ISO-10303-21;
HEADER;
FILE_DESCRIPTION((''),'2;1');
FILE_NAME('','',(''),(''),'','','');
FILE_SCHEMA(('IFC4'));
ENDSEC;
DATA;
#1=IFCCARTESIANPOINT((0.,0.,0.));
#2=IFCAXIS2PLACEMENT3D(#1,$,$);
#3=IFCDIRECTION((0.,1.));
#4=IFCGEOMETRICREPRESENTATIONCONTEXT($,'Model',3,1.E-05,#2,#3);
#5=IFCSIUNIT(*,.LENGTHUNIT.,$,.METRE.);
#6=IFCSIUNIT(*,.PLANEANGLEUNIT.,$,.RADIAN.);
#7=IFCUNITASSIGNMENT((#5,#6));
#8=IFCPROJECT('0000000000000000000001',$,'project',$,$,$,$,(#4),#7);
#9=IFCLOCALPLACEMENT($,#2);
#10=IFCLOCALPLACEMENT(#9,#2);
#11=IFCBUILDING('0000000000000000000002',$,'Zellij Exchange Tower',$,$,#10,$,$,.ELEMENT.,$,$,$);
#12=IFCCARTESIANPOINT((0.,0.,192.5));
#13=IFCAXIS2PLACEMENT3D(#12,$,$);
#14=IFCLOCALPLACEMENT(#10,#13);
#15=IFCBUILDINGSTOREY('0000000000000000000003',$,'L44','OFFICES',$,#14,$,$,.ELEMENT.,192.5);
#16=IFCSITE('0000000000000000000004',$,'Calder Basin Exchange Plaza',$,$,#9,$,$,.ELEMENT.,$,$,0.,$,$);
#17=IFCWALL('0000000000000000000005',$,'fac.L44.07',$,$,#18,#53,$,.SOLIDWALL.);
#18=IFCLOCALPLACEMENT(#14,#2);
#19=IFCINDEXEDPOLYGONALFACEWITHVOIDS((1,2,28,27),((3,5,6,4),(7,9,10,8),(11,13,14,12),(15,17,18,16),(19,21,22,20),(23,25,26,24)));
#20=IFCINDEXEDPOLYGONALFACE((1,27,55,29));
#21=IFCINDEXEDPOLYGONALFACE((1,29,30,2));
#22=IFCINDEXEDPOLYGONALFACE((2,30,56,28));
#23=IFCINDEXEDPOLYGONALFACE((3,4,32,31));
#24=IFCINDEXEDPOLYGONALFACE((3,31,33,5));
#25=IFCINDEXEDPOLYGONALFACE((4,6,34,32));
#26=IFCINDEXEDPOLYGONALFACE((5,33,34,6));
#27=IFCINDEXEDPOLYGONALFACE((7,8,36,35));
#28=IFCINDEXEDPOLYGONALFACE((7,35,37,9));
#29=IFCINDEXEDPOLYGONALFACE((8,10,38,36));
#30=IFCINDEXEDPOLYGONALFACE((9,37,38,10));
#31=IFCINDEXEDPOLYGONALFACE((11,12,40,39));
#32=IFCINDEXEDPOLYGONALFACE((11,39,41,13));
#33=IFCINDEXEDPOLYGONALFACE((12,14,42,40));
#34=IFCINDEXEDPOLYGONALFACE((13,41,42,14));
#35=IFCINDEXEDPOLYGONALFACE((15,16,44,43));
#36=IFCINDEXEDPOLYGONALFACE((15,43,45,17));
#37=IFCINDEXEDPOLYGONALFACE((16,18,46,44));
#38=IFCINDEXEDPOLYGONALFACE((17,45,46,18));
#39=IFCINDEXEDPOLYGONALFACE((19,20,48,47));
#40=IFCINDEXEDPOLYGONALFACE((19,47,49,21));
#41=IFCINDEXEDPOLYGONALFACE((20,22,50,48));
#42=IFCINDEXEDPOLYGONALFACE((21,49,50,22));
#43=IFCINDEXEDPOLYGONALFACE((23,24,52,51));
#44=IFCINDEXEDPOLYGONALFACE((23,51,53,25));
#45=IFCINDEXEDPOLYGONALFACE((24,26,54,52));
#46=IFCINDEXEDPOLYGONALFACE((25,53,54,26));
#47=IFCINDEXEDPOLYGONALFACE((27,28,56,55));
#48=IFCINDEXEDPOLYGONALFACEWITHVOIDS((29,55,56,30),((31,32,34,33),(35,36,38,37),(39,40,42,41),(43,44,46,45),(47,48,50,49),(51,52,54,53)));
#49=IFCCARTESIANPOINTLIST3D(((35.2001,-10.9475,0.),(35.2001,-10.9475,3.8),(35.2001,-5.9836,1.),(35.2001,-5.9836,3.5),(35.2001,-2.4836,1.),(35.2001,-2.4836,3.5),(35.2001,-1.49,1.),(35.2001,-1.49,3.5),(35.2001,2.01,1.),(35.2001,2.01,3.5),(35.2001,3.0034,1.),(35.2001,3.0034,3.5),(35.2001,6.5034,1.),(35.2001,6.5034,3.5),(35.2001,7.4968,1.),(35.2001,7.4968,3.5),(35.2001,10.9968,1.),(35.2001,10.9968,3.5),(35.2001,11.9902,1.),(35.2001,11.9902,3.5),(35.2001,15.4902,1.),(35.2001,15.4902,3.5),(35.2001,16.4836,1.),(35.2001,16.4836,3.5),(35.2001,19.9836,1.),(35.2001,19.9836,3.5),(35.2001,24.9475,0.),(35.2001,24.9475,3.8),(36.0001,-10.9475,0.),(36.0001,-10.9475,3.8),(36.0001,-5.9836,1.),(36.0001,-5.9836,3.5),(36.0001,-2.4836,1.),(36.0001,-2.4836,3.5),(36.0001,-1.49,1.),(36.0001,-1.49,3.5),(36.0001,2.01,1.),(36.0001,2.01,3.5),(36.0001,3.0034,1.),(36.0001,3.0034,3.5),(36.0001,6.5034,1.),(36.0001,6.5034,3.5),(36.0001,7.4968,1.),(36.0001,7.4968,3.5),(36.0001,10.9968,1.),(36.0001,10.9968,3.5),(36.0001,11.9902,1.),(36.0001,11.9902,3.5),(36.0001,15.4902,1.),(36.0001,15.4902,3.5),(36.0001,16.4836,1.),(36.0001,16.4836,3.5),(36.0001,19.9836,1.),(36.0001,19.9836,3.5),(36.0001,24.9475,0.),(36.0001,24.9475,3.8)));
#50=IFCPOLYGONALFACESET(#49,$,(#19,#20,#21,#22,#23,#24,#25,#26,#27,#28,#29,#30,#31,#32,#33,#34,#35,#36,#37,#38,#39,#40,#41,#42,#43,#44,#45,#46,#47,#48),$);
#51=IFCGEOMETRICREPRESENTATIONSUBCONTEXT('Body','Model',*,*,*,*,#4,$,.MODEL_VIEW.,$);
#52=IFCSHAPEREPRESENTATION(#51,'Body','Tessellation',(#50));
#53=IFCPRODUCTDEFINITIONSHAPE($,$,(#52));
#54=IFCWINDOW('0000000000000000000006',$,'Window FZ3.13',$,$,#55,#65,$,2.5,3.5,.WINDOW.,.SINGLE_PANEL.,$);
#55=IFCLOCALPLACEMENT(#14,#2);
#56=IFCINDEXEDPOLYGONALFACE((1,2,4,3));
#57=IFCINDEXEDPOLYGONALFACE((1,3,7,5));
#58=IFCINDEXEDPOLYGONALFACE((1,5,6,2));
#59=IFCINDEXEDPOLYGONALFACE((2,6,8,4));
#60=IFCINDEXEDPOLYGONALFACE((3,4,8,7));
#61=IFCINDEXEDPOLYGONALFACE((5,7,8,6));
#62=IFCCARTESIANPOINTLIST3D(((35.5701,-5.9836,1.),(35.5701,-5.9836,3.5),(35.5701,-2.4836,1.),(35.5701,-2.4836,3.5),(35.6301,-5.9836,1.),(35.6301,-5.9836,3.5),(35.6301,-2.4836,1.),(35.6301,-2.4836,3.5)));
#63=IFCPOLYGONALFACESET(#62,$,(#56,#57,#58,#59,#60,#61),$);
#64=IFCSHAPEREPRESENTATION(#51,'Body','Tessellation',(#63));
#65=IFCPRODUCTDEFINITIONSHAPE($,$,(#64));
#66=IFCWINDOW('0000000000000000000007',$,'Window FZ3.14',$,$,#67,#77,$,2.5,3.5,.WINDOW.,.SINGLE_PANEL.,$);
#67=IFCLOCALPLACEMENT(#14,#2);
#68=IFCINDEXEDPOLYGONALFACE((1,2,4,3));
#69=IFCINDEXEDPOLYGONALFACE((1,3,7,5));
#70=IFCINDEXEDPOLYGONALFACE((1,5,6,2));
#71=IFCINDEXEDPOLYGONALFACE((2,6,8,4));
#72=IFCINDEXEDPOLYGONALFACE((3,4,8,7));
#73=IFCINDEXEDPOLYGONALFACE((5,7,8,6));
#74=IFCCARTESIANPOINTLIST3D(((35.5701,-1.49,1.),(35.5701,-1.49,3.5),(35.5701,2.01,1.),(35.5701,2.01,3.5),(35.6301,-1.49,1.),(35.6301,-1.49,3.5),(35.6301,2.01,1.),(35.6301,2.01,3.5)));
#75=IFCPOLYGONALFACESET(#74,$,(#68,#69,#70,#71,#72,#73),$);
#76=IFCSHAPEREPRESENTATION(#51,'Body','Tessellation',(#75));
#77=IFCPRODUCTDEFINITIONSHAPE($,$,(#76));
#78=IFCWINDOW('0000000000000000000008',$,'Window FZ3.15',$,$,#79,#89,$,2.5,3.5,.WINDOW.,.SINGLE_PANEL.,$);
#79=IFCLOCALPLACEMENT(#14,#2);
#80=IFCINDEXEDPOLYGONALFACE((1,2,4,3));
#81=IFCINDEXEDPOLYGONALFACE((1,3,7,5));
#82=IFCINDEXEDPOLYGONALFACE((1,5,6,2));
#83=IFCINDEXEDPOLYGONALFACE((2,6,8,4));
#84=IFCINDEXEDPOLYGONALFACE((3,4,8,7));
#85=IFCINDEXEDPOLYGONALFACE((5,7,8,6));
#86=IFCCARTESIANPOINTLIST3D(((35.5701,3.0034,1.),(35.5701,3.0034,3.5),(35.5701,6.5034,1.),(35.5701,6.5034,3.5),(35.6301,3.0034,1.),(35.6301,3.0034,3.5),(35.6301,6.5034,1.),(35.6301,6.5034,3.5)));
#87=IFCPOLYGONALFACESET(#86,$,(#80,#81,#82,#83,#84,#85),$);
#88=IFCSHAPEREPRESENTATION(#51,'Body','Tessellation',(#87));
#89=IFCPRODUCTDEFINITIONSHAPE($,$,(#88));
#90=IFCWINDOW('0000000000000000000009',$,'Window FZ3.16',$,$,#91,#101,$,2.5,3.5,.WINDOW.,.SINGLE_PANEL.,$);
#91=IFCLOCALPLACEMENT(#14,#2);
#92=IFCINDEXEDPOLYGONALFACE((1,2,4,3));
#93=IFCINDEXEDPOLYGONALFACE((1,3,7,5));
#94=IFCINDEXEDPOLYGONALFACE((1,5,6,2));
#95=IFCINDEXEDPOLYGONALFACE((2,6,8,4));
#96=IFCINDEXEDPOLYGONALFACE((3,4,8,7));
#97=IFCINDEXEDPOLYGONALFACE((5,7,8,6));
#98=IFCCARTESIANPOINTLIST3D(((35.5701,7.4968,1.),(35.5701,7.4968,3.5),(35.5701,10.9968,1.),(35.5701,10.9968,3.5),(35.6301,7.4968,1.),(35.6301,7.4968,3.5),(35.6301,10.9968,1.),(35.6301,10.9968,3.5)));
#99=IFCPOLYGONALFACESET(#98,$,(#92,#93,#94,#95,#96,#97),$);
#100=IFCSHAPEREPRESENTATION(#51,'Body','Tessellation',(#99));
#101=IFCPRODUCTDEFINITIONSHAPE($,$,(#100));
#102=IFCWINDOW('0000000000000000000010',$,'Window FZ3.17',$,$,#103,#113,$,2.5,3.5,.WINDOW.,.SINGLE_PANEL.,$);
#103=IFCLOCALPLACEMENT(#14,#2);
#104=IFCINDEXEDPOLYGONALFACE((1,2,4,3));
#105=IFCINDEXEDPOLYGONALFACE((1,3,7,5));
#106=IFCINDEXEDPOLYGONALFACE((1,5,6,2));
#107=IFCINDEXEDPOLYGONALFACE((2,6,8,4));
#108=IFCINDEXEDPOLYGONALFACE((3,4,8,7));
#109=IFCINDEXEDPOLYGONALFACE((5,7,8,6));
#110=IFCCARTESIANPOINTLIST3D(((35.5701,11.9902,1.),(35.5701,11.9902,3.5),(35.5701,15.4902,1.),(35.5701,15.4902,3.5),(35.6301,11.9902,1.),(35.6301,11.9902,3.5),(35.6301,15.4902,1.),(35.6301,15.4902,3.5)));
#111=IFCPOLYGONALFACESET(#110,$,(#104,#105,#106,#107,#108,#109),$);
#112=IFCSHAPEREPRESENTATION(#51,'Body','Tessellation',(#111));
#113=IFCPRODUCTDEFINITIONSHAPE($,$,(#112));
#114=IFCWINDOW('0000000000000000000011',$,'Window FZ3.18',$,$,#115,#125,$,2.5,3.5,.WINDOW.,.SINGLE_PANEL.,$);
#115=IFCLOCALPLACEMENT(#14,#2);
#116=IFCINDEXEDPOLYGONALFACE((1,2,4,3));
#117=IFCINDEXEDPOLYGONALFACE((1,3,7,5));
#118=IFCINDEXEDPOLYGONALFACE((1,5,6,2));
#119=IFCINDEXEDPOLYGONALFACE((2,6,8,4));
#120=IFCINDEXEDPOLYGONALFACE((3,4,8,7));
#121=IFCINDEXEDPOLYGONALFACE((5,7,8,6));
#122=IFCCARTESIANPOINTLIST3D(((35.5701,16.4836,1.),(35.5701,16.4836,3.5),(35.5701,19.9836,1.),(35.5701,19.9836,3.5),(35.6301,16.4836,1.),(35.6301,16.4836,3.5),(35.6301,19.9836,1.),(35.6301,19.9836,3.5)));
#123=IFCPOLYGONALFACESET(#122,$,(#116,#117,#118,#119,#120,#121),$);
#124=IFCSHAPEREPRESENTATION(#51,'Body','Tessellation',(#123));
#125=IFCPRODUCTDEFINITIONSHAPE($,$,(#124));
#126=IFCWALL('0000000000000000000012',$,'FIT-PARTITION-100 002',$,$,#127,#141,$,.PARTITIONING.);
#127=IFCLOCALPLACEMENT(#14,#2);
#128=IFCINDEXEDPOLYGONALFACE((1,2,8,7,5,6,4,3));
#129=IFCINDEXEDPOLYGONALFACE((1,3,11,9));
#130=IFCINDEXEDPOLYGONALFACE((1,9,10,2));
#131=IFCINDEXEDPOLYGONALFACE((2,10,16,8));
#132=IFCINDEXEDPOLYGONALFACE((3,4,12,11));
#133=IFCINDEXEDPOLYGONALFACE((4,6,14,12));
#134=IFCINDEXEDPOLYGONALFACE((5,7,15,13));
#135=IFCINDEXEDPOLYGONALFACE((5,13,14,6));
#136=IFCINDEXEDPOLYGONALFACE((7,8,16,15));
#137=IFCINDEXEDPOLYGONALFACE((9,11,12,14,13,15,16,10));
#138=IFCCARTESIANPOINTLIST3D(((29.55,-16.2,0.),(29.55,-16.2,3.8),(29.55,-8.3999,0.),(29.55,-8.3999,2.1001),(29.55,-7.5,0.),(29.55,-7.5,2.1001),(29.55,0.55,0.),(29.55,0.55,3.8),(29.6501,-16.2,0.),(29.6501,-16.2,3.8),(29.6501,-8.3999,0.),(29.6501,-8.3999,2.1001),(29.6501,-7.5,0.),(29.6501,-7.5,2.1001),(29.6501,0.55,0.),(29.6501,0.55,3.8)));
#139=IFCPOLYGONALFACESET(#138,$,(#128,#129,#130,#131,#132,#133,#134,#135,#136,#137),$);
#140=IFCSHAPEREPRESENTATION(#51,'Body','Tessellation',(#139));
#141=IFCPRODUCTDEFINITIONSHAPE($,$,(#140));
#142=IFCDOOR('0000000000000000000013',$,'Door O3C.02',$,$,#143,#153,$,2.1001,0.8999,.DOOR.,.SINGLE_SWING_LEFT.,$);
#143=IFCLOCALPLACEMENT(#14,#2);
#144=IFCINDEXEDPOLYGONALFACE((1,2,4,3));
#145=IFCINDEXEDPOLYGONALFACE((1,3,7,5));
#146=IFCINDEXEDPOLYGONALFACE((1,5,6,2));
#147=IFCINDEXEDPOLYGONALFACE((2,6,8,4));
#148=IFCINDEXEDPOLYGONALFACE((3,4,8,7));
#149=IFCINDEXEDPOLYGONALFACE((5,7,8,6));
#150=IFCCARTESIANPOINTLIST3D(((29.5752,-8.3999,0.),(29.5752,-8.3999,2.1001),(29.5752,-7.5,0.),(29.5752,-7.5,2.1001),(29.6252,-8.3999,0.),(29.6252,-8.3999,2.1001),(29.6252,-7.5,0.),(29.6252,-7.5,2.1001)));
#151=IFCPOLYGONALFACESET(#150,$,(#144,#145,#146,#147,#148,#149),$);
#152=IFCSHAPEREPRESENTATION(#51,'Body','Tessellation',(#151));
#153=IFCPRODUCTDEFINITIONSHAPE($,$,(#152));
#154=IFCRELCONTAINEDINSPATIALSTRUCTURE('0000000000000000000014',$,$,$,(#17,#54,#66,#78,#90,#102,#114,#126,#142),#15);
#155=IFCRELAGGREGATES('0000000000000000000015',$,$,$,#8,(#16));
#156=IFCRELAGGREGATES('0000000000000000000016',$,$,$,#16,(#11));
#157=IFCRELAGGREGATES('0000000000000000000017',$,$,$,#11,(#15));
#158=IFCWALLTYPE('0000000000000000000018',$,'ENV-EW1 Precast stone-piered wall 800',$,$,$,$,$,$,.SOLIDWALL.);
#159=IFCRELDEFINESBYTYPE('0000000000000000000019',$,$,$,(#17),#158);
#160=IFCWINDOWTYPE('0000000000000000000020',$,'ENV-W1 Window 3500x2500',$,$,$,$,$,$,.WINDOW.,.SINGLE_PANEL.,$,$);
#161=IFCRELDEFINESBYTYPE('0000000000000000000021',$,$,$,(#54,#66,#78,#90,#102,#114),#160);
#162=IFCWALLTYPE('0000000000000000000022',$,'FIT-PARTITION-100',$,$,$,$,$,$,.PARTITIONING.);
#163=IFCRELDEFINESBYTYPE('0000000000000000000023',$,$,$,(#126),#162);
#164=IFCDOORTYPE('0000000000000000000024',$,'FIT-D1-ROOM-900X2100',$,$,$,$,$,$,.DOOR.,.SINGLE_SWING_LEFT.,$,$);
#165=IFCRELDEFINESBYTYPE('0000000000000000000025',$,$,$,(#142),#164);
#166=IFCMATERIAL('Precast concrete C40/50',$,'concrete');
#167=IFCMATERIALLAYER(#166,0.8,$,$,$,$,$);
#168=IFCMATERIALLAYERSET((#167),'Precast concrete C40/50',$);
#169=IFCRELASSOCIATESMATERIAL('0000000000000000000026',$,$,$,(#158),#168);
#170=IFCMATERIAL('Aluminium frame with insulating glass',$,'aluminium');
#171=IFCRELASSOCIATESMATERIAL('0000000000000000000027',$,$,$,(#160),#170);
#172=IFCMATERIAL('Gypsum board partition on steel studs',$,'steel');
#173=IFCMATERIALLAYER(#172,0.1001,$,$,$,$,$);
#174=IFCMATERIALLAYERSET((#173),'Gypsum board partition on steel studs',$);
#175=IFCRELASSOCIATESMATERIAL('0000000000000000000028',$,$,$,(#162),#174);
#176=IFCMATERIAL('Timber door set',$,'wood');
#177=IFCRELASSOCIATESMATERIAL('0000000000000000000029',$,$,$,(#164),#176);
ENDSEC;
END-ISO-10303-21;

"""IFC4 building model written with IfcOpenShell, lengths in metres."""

from ifc_helpers import new_model, si_unit, direction, frame, frame_2d, origin, place, context, subcontext, project, spatial, rectangle, extrude, material, layer, layer_set, type_object, element, fill, save


model = new_model("IFC4")

# Units and contexts
model_context = context("Model", 3, precision=1e-05, world=origin(), true_north=direction((0.0, 1.0)))
body_context = subcontext(model_context, "Body", "Model", "MODEL_VIEW")
ifc_project = project(units=[si_unit("LENGTHUNIT", "METRE"), si_unit("PLANEANGLEUNIT", "RADIAN")], contexts=[model_context])

# Site, building, storey
site_placement = place(None, origin())
site = spatial("IfcSite", under=ifc_project, at=site_placement, Name="Calder Basin Exchange Plaza", CompositionType="ELEMENT", RefElevation=0.0)
building_placement = place(site_placement, origin())
building = spatial("IfcBuilding", under=site, at=building_placement, Name="Zellij Exchange Tower", CompositionType="ELEMENT")
storey_placement = place(building_placement, frame((0.0, 0.0, 192.5)))
storey = spatial("IfcBuildingStorey", under=building, at=storey_placement, Name="L44", Description="OFFICES", CompositionType="ELEMENT", Elevation=192.5)

# Shared definitions
ifc_material_1 = material(Name="Precast concrete C40/50", Category="concrete")
ifc_layer_1 = layer(ifc_material_1, 0.8)
ifc_layer_set_1 = layer_set([ifc_layer_1], Name="Precast concrete C40/50")
wall_type_1 = type_object("IfcWallType", Name="ENV-EW1 Precast stone-piered wall 800", PredefinedType="SOLIDWALL", material=ifc_layer_set_1)

# Wall, openings, windows
wall_1_placement = place(storey_placement, frame((35.6001, -10.9475, 0.0), z_axis=(0.0, 0.0, 1.0), x_axis=(0.0, 1.0, 0.0)))
wall_1 = element("IfcWall", 1, at=wall_1_placement, inside=storey, type_object=wall_type_1, Name="fac.L44.07", PredefinedType="SOLIDWALL", context=body_context, shape_type="SweptSolid", body=[
    extrude(rectangle(XDim=35.895, YDim=0.8, at=frame_2d((17.9475, 0.0))), origin(), (0.0, 0.0, 1.0), 3.8),
])
opening_1_placement = place(wall_1_placement, frame((4.9639, 0.0, 1.0)))
opening_1 = element("IfcOpeningElement", 2, at=opening_1_placement, cuts=wall_1, PredefinedType="OPENING", context=body_context, shape_type="SweptSolid", body=[
    extrude(rectangle(XDim=3.5, YDim=2.5, at=frame_2d((1.75, 1.25))), frame((0.0, 0.4121, 0.0), z_axis=(0.0, -1.0, 0.0), x_axis=(1.0, 0.0, 0.0)), (0.0, 0.0, 1.0), 0.824),
])
opening_2_placement = place(wall_1_placement, frame((9.4575, 0.0, 1.0)))
opening_2 = element("IfcOpeningElement", 3, at=opening_2_placement, cuts=wall_1, PredefinedType="OPENING", context=body_context, shape_type="SweptSolid", body=[
    extrude(rectangle(XDim=3.5, YDim=2.5, at=frame_2d((1.75, 1.25))), frame((0.0, 0.4121, 0.0), z_axis=(0.0, -1.0, 0.0), x_axis=(1.0, 0.0, 0.0)), (0.0, 0.0, 1.0), 0.824),
])
opening_3_placement = place(wall_1_placement, frame((13.9509, 0.0, 1.0)))
opening_3 = element("IfcOpeningElement", 4, at=opening_3_placement, cuts=wall_1, PredefinedType="OPENING", context=body_context, shape_type="SweptSolid", body=[
    extrude(rectangle(XDim=3.5, YDim=2.5, at=frame_2d((1.75, 1.25))), frame((0.0, 0.4121, 0.0), z_axis=(0.0, -1.0, 0.0), x_axis=(1.0, 0.0, 0.0)), (0.0, 0.0, 1.0), 0.824),
])
opening_4_placement = place(wall_1_placement, frame((18.4443, 0.0, 1.0)))
opening_4 = element("IfcOpeningElement", 5, at=opening_4_placement, cuts=wall_1, PredefinedType="OPENING", context=body_context, shape_type="SweptSolid", body=[
    extrude(rectangle(XDim=3.5, YDim=2.5, at=frame_2d((1.75, 1.25))), frame((0.0, 0.4121, 0.0), z_axis=(0.0, -1.0, 0.0), x_axis=(1.0, 0.0, 0.0)), (0.0, 0.0, 1.0), 0.824),
])
opening_5_placement = place(wall_1_placement, frame((22.9377, 0.0, 1.0)))
opening_5 = element("IfcOpeningElement", 6, at=opening_5_placement, cuts=wall_1, PredefinedType="OPENING", context=body_context, shape_type="SweptSolid", body=[
    extrude(rectangle(XDim=3.5, YDim=2.5, at=frame_2d((1.75, 1.25))), frame((0.0, 0.4121, 0.0), z_axis=(0.0, -1.0, 0.0), x_axis=(1.0, 0.0, 0.0)), (0.0, 0.0, 1.0), 0.824),
])
opening_6_placement = place(wall_1_placement, frame((27.4312, 0.0, 1.0)))
opening_6 = element("IfcOpeningElement", 7, at=opening_6_placement, cuts=wall_1, PredefinedType="OPENING", context=body_context, shape_type="SweptSolid", body=[
    extrude(rectangle(XDim=3.5, YDim=2.5, at=frame_2d((1.75, 1.25))), frame((0.0, 0.4121, 0.0), z_axis=(0.0, -1.0, 0.0), x_axis=(1.0, 0.0, 0.0)), (0.0, 0.0, 1.0), 0.824),
])
ifc_material_2 = material(Name="Aluminium frame with insulating glass", Category="aluminium")
window_type = type_object("IfcWindowType", Name="ENV-W1 Window 3500x2500", PartitioningType="SINGLE_PANEL", PredefinedType="WINDOW", material=ifc_material_2)
window_1_placement = place(opening_1_placement, origin())
window_1 = element("IfcWindow", 8, at=window_1_placement, inside=storey, type_object=window_type, Name="Window FZ3.13", OverallHeight=2.5, OverallWidth=3.5, PartitioningType="SINGLE_PANEL", PredefinedType="WINDOW", context=body_context, shape_type="SweptSolid", body=[
    extrude(rectangle(XDim=3.5, YDim=2.5, at=frame_2d((1.75, 1.25))), frame((0.0, 0.03, 0.0), z_axis=(0.0, -1.0, 0.0), x_axis=(1.0, 0.0, 0.0)), (0.0, 0.0, 1.0), 0.0601),
])
fill(opening_1, window_1)
window_2_placement = place(opening_2_placement, origin())
window_2 = element("IfcWindow", 9, at=window_2_placement, inside=storey, type_object=window_type, Name="Window FZ3.14", OverallHeight=2.5, OverallWidth=3.5, PartitioningType="SINGLE_PANEL", PredefinedType="WINDOW", context=body_context, shape_type="SweptSolid", body=[
    extrude(rectangle(XDim=3.5, YDim=2.5, at=frame_2d((1.75, 1.25))), frame((0.0, 0.03, 0.0), z_axis=(0.0, -1.0, 0.0), x_axis=(1.0, 0.0, 0.0)), (0.0, 0.0, 1.0), 0.0601),
])
fill(opening_2, window_2)
window_3_placement = place(opening_3_placement, origin())
window_3 = element("IfcWindow", 10, at=window_3_placement, inside=storey, type_object=window_type, Name="Window FZ3.15", OverallHeight=2.5, OverallWidth=3.5, PartitioningType="SINGLE_PANEL", PredefinedType="WINDOW", context=body_context, shape_type="SweptSolid", body=[
    extrude(rectangle(XDim=3.5, YDim=2.5, at=frame_2d((1.75, 1.25))), frame((0.0, 0.03, 0.0), z_axis=(0.0, -1.0, 0.0), x_axis=(1.0, 0.0, 0.0)), (0.0, 0.0, 1.0), 0.0601),
])
fill(opening_3, window_3)
window_4_placement = place(opening_4_placement, origin())
window_4 = element("IfcWindow", 11, at=window_4_placement, inside=storey, type_object=window_type, Name="Window FZ3.16", OverallHeight=2.5, OverallWidth=3.5, PartitioningType="SINGLE_PANEL", PredefinedType="WINDOW", context=body_context, shape_type="SweptSolid", body=[
    extrude(rectangle(XDim=3.5, YDim=2.5, at=frame_2d((1.75, 1.25))), frame((0.0, 0.03, 0.0), z_axis=(0.0, -1.0, 0.0), x_axis=(1.0, 0.0, 0.0)), (0.0, 0.0, 1.0), 0.0601),
])
fill(opening_4, window_4)
window_5_placement = place(opening_5_placement, origin())
window_5 = element("IfcWindow", 12, at=window_5_placement, inside=storey, type_object=window_type, Name="Window FZ3.17", OverallHeight=2.5, OverallWidth=3.5, PartitioningType="SINGLE_PANEL", PredefinedType="WINDOW", context=body_context, shape_type="SweptSolid", body=[
    extrude(rectangle(XDim=3.5, YDim=2.5, at=frame_2d((1.75, 1.25))), frame((0.0, 0.03, 0.0), z_axis=(0.0, -1.0, 0.0), x_axis=(1.0, 0.0, 0.0)), (0.0, 0.0, 1.0), 0.0601),
])
fill(opening_5, window_5)
window_6_placement = place(opening_6_placement, origin())
window_6 = element("IfcWindow", 13, at=window_6_placement, inside=storey, type_object=window_type, Name="Window FZ3.18", OverallHeight=2.5, OverallWidth=3.5, PartitioningType="SINGLE_PANEL", PredefinedType="WINDOW", context=body_context, shape_type="SweptSolid", body=[
    extrude(rectangle(XDim=3.5, YDim=2.5, at=frame_2d((1.75, 1.25))), frame((0.0, 0.03, 0.0), z_axis=(0.0, -1.0, 0.0), x_axis=(1.0, 0.0, 0.0)), (0.0, 0.0, 1.0), 0.0601),
])
fill(opening_6, window_6)

# Wall, opening, door
ifc_material_3 = material(Name="Gypsum board partition on steel studs", Category="steel")
ifc_layer_2 = layer(ifc_material_3, 0.1001)
ifc_layer_set_2 = layer_set([ifc_layer_2], Name="Gypsum board partition on steel studs")
wall_type_2 = type_object("IfcWallType", Name="FIT-PARTITION-100", PredefinedType="PARTITIONING", material=ifc_layer_set_2)
wall_2_placement = place(storey_placement, frame((29.6001, -16.2, 0.0), z_axis=(0.0, 0.0, 1.0), x_axis=(0.0, 1.0, 0.0)))
wall_2 = element("IfcWall", 14, at=wall_2_placement, inside=storey, type_object=wall_type_2, Name="FIT-PARTITION-100 002", PredefinedType="PARTITIONING", context=body_context, shape_type="SweptSolid", body=[
    extrude(rectangle(XDim=16.75, YDim=0.1001, at=frame_2d((8.375, 0.0))), origin(), (0.0, 0.0, 1.0), 3.8),
])
opening_7_placement = place(wall_2_placement, frame((7.8, 0.0, 0.0)))
opening_7 = element("IfcOpeningElement", 15, at=opening_7_placement, cuts=wall_2, PredefinedType="OPENING", context=body_context, shape_type="SweptSolid", body=[
    extrude(rectangle(XDim=0.8999, YDim=2.1001, at=frame_2d((0.45, 1.05))), frame((0.0, 0.062, 0.0), z_axis=(0.0, -1.0, 0.0), x_axis=(1.0, 0.0, 0.0)), (0.0, 0.0, 1.0), 0.124),
])
ifc_material_4 = material(Name="Timber door set", Category="wood")
door_type_1 = type_object("IfcDoorType", Name="FIT-D1-ROOM-900X2100", OperationType="SINGLE_SWING_LEFT", PredefinedType="DOOR", material=ifc_material_4)
door_1_placement = place(opening_7_placement, origin())
door_1 = element("IfcDoor", 16, at=door_1_placement, inside=storey, type_object=door_type_1, Name="Door O3C.02", OperationType="SINGLE_SWING_LEFT", OverallHeight=2.1001, OverallWidth=0.8999, PredefinedType="DOOR", context=body_context, shape_type="SweptSolid", body=[
    extrude(rectangle(XDim=0.8999, YDim=2.1001, at=frame_2d((0.45, 1.05))), frame((0.0, 0.0249, 0.0), z_axis=(0.0, -1.0, 0.0), x_axis=(1.0, 0.0, 0.0)), (0.0, 0.0, 1.0), 0.05),
])
fill(opening_7, door_1)

save(model, "model.ifc")
